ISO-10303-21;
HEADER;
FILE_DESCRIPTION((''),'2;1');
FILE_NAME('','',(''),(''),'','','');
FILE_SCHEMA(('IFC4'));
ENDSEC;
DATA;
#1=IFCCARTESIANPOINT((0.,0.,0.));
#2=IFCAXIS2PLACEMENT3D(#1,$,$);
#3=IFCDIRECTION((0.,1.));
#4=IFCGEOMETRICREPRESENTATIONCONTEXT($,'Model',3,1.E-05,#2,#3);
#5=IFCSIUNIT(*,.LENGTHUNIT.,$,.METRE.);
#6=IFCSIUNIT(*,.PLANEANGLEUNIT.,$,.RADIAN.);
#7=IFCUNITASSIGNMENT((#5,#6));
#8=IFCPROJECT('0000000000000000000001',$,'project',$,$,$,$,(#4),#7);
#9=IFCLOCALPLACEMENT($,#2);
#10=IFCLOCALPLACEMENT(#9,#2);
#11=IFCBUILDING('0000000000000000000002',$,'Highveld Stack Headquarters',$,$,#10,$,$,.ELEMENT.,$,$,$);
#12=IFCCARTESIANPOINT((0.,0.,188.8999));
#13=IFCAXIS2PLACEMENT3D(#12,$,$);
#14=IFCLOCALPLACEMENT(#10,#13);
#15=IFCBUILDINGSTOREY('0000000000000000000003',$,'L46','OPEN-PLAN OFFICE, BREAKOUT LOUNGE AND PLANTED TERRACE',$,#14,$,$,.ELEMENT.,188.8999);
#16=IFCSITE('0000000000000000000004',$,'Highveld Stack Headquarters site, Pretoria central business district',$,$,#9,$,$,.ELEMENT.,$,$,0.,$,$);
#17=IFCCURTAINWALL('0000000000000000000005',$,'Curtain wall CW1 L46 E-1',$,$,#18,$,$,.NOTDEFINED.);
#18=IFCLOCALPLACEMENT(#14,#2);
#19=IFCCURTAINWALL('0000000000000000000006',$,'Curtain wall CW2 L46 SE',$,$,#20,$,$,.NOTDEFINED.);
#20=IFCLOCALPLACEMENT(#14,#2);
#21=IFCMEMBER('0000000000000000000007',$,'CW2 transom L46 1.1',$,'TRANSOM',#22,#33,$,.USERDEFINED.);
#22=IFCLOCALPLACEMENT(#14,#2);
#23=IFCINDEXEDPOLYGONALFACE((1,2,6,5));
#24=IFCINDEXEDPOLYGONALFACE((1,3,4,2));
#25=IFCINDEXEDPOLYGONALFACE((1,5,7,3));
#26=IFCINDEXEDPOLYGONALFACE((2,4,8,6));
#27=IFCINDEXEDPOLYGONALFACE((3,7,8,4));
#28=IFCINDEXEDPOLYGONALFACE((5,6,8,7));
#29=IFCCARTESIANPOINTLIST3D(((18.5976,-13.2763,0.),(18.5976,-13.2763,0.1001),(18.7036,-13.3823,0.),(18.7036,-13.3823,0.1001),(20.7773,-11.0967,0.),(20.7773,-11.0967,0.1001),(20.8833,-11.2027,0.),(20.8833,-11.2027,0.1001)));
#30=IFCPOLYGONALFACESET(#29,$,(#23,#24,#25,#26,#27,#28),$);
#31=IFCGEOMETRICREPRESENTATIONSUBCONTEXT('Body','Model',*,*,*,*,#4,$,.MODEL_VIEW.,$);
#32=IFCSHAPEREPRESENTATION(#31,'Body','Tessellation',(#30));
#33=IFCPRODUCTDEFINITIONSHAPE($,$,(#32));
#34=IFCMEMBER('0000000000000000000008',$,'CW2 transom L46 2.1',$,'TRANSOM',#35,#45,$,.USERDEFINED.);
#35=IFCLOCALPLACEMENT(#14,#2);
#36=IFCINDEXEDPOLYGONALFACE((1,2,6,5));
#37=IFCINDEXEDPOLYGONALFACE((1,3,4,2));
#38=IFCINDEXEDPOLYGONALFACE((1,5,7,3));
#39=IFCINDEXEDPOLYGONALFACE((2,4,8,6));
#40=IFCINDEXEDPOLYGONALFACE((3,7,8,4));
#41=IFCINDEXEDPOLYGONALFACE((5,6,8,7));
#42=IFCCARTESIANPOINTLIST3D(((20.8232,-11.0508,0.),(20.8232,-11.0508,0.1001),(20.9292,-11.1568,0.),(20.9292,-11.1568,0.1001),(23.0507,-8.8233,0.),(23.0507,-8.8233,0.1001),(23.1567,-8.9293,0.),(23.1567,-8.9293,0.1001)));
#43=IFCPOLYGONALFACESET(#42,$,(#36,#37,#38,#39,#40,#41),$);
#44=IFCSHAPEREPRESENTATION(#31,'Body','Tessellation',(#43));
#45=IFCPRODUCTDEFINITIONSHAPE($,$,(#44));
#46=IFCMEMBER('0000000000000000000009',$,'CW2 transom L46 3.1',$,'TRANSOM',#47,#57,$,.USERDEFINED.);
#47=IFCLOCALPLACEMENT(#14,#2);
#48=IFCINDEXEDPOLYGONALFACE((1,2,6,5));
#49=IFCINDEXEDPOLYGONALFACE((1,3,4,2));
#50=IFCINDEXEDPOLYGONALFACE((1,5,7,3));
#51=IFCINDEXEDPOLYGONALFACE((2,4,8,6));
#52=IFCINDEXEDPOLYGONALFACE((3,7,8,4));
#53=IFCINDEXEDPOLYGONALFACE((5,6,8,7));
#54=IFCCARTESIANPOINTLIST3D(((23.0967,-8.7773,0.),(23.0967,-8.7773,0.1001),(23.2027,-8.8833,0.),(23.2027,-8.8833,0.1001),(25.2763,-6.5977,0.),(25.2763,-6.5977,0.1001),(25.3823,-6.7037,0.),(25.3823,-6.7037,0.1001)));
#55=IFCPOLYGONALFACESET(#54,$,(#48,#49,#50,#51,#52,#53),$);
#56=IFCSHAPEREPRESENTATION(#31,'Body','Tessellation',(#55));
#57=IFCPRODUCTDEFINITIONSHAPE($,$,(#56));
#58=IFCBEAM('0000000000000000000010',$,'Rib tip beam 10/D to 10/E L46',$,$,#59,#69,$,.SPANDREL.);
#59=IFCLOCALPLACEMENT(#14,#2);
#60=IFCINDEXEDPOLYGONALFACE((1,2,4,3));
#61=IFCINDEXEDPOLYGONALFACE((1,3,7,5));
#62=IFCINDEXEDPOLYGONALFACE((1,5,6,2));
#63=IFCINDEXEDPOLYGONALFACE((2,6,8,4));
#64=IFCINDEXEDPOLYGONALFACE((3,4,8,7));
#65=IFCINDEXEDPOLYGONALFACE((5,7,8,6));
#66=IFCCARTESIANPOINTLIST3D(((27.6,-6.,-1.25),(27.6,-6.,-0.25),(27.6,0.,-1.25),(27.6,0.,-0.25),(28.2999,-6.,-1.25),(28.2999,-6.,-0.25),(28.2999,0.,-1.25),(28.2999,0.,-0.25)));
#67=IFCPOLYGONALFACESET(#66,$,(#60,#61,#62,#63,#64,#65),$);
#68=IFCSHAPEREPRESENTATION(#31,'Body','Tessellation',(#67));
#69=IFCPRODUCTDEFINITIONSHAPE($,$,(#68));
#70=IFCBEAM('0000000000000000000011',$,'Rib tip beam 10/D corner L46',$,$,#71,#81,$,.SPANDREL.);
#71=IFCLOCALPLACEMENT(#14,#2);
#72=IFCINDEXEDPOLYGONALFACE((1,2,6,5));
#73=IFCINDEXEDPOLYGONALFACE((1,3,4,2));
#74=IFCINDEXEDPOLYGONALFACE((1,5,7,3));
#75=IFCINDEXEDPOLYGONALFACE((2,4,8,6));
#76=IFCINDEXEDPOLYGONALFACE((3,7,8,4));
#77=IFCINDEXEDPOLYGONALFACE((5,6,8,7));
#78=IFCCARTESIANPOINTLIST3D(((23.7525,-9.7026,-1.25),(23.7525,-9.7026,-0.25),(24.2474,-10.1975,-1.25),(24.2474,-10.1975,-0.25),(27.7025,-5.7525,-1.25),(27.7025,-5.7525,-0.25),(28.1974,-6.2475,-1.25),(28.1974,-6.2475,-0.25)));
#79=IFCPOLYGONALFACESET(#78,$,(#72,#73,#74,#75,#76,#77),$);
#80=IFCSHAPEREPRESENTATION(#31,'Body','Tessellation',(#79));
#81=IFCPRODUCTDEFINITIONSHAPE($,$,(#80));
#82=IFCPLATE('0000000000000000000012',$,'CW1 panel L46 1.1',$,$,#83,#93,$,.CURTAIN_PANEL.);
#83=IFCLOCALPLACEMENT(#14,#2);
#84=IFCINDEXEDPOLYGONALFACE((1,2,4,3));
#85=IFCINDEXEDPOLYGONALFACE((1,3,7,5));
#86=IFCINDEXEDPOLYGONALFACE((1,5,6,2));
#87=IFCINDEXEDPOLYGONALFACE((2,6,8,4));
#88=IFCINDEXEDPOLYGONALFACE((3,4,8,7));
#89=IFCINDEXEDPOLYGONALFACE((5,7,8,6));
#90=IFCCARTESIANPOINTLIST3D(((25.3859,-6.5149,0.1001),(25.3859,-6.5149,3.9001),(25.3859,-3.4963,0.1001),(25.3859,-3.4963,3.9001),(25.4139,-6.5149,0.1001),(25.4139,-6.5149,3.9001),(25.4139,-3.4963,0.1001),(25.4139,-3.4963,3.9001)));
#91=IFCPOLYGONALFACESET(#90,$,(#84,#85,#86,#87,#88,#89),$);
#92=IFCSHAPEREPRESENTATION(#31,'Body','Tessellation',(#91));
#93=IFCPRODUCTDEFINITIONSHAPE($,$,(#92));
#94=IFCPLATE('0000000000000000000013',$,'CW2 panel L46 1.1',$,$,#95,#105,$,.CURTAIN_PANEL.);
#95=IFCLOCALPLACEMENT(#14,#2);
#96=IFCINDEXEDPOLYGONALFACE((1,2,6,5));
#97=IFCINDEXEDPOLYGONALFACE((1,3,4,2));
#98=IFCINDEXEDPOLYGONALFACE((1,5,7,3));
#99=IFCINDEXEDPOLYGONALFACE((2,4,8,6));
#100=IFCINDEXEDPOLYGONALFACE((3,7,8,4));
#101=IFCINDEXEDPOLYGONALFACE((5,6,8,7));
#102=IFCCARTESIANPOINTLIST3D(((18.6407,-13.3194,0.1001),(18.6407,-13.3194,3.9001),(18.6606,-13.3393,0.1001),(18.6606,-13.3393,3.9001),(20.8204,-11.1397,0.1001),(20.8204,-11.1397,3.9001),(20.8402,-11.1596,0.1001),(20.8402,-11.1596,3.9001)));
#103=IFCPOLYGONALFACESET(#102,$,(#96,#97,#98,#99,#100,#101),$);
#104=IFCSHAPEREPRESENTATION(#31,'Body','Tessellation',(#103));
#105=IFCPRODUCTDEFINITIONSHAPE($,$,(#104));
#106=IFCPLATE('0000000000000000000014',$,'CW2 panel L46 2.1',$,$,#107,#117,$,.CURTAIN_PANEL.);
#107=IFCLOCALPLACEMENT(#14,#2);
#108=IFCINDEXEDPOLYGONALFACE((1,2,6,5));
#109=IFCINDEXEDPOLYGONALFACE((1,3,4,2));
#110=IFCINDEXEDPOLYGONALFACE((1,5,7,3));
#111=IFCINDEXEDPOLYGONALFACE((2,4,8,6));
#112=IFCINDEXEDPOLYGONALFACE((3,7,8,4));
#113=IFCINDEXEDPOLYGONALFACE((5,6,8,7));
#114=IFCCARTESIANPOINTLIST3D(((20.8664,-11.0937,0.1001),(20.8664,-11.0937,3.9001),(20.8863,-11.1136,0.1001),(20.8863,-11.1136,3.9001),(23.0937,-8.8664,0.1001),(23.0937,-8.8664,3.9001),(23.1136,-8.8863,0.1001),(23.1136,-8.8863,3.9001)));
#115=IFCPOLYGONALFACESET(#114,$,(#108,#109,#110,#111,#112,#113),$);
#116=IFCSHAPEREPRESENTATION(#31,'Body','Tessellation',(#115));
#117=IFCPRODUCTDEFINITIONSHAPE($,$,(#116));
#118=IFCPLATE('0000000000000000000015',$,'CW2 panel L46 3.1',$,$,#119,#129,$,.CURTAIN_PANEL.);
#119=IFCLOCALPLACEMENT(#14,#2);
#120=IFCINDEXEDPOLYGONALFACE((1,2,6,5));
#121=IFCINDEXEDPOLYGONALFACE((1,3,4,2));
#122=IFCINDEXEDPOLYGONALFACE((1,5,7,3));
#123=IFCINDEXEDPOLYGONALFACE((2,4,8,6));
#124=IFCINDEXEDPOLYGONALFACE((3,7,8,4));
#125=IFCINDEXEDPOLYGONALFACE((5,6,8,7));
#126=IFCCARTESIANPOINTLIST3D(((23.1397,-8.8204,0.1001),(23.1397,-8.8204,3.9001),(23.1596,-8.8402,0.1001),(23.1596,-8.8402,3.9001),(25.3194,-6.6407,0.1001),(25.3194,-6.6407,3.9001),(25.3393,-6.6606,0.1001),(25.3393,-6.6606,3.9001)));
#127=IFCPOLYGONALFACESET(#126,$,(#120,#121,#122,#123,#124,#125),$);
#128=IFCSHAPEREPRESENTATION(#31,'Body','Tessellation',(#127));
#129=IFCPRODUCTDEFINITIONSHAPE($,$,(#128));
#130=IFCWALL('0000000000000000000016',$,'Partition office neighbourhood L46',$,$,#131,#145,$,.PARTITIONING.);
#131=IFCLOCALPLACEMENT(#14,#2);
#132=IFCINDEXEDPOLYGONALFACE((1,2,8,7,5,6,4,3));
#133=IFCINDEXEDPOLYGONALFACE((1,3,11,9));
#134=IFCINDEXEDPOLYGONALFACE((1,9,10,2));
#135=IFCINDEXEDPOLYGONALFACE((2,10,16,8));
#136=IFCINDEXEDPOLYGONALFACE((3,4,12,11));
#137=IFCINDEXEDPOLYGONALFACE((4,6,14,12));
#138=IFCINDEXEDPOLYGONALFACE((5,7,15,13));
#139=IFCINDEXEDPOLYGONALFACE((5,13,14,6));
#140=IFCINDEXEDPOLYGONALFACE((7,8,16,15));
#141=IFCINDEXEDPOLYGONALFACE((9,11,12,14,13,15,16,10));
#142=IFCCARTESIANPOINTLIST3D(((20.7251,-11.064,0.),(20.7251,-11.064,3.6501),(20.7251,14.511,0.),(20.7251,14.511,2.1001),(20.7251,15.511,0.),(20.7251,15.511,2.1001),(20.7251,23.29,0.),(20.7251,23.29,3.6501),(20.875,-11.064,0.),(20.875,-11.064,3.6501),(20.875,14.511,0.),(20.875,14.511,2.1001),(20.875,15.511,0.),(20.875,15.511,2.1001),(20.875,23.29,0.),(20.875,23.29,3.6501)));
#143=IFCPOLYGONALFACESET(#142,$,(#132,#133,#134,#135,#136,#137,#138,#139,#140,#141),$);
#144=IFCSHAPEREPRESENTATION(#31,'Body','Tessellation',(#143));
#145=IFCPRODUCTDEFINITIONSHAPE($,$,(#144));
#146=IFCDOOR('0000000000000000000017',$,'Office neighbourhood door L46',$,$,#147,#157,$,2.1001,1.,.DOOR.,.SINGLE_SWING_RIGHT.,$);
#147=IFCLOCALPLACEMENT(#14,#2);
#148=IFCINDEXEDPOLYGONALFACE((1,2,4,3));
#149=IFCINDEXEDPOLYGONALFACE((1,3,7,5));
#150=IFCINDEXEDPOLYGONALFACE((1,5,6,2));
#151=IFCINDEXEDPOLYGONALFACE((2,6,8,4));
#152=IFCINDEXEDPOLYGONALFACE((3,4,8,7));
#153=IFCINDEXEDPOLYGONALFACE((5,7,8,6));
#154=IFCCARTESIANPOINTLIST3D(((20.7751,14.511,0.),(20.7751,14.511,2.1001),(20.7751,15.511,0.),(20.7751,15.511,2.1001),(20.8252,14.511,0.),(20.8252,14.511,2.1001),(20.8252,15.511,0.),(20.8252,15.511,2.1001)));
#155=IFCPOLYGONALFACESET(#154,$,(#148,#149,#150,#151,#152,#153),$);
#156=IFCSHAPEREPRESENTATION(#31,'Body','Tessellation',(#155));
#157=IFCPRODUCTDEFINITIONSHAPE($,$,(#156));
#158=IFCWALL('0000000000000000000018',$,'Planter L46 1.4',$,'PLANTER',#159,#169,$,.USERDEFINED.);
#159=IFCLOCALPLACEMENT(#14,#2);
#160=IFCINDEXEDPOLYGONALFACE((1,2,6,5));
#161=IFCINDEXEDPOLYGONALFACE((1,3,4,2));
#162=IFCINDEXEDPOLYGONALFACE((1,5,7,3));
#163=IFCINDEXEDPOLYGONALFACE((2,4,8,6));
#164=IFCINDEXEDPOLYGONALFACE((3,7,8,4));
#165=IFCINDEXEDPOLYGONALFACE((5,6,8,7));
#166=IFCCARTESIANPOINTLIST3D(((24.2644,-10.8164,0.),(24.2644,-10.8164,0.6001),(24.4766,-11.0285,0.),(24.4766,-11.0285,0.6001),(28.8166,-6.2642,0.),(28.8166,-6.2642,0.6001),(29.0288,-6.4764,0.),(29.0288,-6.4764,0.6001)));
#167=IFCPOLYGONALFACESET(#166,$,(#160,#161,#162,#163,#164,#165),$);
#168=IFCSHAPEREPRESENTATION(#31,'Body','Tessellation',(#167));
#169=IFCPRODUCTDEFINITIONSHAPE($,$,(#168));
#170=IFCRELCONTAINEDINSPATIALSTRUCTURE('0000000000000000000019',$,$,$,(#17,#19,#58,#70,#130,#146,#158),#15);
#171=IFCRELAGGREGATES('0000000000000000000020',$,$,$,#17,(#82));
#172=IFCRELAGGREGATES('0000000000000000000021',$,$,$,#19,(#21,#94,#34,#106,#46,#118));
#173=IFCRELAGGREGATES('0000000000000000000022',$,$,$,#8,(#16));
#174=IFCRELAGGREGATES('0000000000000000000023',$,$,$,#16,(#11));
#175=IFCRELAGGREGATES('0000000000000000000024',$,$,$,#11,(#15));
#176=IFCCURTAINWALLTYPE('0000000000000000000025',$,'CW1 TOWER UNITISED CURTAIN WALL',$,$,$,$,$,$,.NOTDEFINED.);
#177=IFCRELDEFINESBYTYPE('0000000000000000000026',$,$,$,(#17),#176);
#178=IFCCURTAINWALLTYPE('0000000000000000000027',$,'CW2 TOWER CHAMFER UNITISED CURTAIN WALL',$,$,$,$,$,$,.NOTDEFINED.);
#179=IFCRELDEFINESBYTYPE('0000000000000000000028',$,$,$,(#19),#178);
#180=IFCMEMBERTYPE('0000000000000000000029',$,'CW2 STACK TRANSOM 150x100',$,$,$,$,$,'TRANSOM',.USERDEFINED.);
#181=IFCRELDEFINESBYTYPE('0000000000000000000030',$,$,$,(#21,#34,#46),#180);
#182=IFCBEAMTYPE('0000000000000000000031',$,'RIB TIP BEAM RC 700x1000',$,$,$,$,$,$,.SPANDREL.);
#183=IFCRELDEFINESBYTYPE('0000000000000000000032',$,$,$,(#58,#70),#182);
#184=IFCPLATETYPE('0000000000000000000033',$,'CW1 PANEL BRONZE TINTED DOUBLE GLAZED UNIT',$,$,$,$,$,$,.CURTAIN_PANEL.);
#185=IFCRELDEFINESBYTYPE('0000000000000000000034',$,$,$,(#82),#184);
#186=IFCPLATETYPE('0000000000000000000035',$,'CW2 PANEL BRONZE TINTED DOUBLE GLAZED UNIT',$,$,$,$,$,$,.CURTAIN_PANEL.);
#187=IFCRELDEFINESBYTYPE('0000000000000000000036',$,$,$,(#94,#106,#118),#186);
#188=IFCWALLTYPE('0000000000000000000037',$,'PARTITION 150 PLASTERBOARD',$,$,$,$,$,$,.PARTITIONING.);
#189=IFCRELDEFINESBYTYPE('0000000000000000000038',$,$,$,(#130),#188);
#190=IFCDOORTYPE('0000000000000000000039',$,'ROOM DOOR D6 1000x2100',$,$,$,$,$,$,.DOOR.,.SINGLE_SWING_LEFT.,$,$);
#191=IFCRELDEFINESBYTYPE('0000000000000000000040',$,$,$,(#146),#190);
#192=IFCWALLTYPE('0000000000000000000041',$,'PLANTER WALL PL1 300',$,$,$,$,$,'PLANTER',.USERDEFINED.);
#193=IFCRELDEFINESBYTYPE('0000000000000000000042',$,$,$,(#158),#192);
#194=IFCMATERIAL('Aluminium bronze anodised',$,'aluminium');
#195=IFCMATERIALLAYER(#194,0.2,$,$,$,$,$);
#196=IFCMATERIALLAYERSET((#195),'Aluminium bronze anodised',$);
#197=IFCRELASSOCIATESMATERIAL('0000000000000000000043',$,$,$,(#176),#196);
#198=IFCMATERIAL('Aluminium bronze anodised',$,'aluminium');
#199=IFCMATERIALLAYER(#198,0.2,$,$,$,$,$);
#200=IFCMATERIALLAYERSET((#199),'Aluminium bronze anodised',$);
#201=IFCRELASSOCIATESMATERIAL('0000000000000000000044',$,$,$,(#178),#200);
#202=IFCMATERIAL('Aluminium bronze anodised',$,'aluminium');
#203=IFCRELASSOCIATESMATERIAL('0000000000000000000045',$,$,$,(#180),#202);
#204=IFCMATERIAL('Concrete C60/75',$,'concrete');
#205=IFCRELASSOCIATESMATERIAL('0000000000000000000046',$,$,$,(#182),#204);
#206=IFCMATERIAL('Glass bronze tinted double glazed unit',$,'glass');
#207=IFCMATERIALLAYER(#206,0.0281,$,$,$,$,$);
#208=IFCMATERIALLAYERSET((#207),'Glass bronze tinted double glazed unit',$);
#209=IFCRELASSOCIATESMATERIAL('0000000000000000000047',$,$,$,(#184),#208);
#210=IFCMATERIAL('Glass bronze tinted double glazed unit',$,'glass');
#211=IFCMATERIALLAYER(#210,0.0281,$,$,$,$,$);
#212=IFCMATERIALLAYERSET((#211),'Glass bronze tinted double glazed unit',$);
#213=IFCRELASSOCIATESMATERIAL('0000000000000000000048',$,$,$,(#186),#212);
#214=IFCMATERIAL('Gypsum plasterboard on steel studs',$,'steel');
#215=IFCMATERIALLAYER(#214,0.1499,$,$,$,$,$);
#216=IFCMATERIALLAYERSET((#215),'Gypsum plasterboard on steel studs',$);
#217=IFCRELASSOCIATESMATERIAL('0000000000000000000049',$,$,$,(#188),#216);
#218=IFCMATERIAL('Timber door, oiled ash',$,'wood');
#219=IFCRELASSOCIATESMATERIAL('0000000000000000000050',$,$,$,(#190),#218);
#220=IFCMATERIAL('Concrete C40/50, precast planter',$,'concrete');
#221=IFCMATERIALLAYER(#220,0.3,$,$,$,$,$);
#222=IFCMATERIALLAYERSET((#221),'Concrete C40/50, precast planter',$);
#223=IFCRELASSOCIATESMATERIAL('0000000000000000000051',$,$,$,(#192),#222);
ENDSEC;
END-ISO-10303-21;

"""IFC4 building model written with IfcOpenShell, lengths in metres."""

from ifc_helpers import new_model, si_unit, direction, frame, frame_2d, origin, origin_2d, place, context, subcontext, project, spatial, rectangle, extrude, material, layer, layer_set, material_profile, profile_set, type_object, element, fill, aggregate, save


model = new_model("IFC4")

# Units and contexts
model_context = context("Model", 3, precision=1e-05, world=origin(), true_north=direction((0.0, 1.0)))
body_context = subcontext(model_context, "Body", "Model", "MODEL_VIEW")
ifc_project = project(units=[si_unit("LENGTHUNIT", "METRE"), si_unit("PLANEANGLEUNIT", "RADIAN")], contexts=[model_context])

# Site, building, storey
site_placement = place(None, origin())
site = spatial("IfcSite", under=ifc_project, at=site_placement, Name="Highveld Stack Headquarters site, Pretoria central business district", CompositionType="ELEMENT", RefElevation=0.0)
building_placement = place(site_placement, origin())
building = spatial("IfcBuilding", under=site, at=building_placement, Name="Highveld Stack Headquarters", CompositionType="ELEMENT")
storey_placement = place(building_placement, frame((0.0, 0.0, 188.8999)))
storey = spatial("IfcBuildingStorey", under=building, at=storey_placement, Name="L46", Description="OPEN-PLAN OFFICE, BREAKOUT LOUNGE AND PLANTED TERRACE", CompositionType="ELEMENT", Elevation=188.8999)

# Curtain walls, members
ifc_material_1 = material(Name="Aluminium bronze anodised", Category="aluminium")
ifc_layer_1 = layer(ifc_material_1, 0.2)
ifc_layer_set_1 = layer_set([ifc_layer_1], Name="Aluminium bronze anodised")
curtain_wall_type_1 = type_object("IfcCurtainWallType", Name="CW1 TOWER UNITISED CURTAIN WALL", PredefinedType="NOTDEFINED", material=ifc_layer_set_1)
curtain_wall_1_placement = place(storey_placement, origin())
curtain_wall_1 = element("IfcCurtainWall", 1, at=curtain_wall_1_placement, inside=storey, type_object=curtain_wall_type_1, Name="Curtain wall CW1 L46 E-1", PredefinedType="NOTDEFINED")
ifc_material_2 = material(Name="Aluminium bronze anodised", Category="aluminium")
ifc_layer_2 = layer(ifc_material_2, 0.2)
ifc_layer_set_2 = layer_set([ifc_layer_2], Name="Aluminium bronze anodised")
curtain_wall_type_2 = type_object("IfcCurtainWallType", Name="CW2 TOWER CHAMFER UNITISED CURTAIN WALL", PredefinedType="NOTDEFINED", material=ifc_layer_set_2)
curtain_wall_2_placement = place(storey_placement, origin())
curtain_wall_2 = element("IfcCurtainWall", 2, at=curtain_wall_2_placement, inside=storey, type_object=curtain_wall_type_2, Name="Curtain wall CW2 L46 SE", PredefinedType="NOTDEFINED")
ifc_material_3 = material(Name="Aluminium bronze anodised", Category="aluminium")
ifc_material_profile_1 = material_profile(ifc_material_3, rectangle(XDim=0.1499, YDim=0.1001, at=origin_2d()), Name="CW2 TRANSOM 150x100")
ifc_profile_set_1 = profile_set([ifc_material_profile_1], Name="Aluminium bronze anodised")
member_type_1 = type_object("IfcMemberType", Name="CW2 STACK TRANSOM 150x100", ElementType="TRANSOM", PredefinedType="USERDEFINED", material=ifc_profile_set_1)
member_1_placement = place(storey_placement, frame((18.6506, -13.3293, 0.05), z_axis=(0.707107, 0.707107, 0.0), x_axis=(-0.707107, 0.707107, 0.0)))
member_1 = element("IfcMember", 3, at=member_1_placement, type_object=member_type_1, Name="CW2 transom L46 1.1", ObjectType="TRANSOM", PredefinedType="USERDEFINED", context=body_context, shape_type="SweptSolid", body=[
    extrude(rectangle(XDim=0.1499, YDim=0.1001, at=origin_2d()), origin(), (0.0, 0.0, 1.0), 3.0825),
])
member_2_placement = place(storey_placement, frame((20.8762, -11.1038, 0.05), z_axis=(0.707107, 0.707107, 0.0), x_axis=(-0.707107, 0.707107, 0.0)))
member_2 = element("IfcMember", 4, at=member_2_placement, type_object=member_type_1, Name="CW2 transom L46 2.1", ObjectType="TRANSOM", PredefinedType="USERDEFINED", context=body_context, shape_type="SweptSolid", body=[
    extrude(rectangle(XDim=0.1499, YDim=0.1001, at=origin_2d()), origin(), (0.0, 0.0, 1.0), 3.1501),
])
member_3_placement = place(storey_placement, frame((23.1497, -8.8303, 0.05), z_axis=(0.707107, 0.707107, 0.0), x_axis=(-0.707107, 0.707107, 0.0)))
member_3 = element("IfcMember", 5, at=member_3_placement, type_object=member_type_1, Name="CW2 transom L46 3.1", ObjectType="TRANSOM", PredefinedType="USERDEFINED", context=body_context, shape_type="SweptSolid", body=[
    extrude(rectangle(XDim=0.1499, YDim=0.1001, at=origin_2d()), origin(), (0.0, 0.0, 1.0), 3.0825),
])

# Beams
ifc_material_4 = material(Name="Concrete C60/75", Category="concrete")
ifc_material_profile_2 = material_profile(ifc_material_4, rectangle(XDim=0.7, YDim=1.0, at=origin_2d()), Name="RC 700x1000")
ifc_profile_set_2 = profile_set([ifc_material_profile_2], Name="Concrete C60/75")
beam_type_1 = type_object("IfcBeamType", Name="RIB TIP BEAM RC 700x1000", PredefinedType="SPANDREL", material=ifc_profile_set_2)
beam_1_placement = place(storey_placement, frame((27.95, -6.0, -0.75), z_axis=(0.0, 1.0, 0.0), x_axis=(-1.0, 0.0, 0.0)))
element("IfcBeam", 6, at=beam_1_placement, inside=storey, type_object=beam_type_1, Name="Rib tip beam 10/D to 10/E L46", PredefinedType="SPANDREL", context=body_context, shape_type="SweptSolid", body=[
    extrude(rectangle(XDim=0.7, YDim=1.0, at=origin_2d()), origin(), (0.0, 0.0, 1.0), 6.0),
])
beam_2_placement = place(storey_placement, frame((27.95, -6.0, -0.75), z_axis=(-0.707107, -0.707107, 0.0), x_axis=(0.707107, -0.707107, 0.0)))
element("IfcBeam", 7, at=beam_2_placement, inside=storey, type_object=beam_type_1, Name="Rib tip beam 10/D corner L46", PredefinedType="SPANDREL", context=body_context, shape_type="SweptSolid", body=[
    extrude(rectangle(XDim=0.7, YDim=1.0, at=origin_2d()), origin(), (0.0, 0.0, 1.0), 5.5862),
])

# Plates
ifc_material_5 = material(Name="Glass bronze tinted double glazed unit", Category="glass")
ifc_layer_3 = layer(ifc_material_5, 0.0281)
ifc_layer_set_3 = layer_set([ifc_layer_3], Name="Glass bronze tinted double glazed unit")
plate_type_1 = type_object("IfcPlateType", Name="CW1 PANEL BRONZE TINTED DOUBLE GLAZED UNIT", PredefinedType="CURTAIN_PANEL", material=ifc_layer_set_3)
plate_1_placement = place(storey_placement, frame((25.3999, -5.0056, 0.1001), z_axis=(0.0, 0.0, 1.0), x_axis=(0.0, 1.0, 0.0)))
plate_1 = element("IfcPlate", 8, at=plate_1_placement, type_object=plate_type_1, Name="CW1 panel L46 1.1", PredefinedType="CURTAIN_PANEL", context=body_context, shape_type="SweptSolid", body=[
    extrude(rectangle(XDim=3.0186, YDim=0.0281, at=origin_2d()), origin(), (0.0, 0.0, 1.0), 3.8),
])
aggregate(curtain_wall_1, [plate_1])
ifc_material_6 = material(Name="Glass bronze tinted double glazed unit", Category="glass")
ifc_layer_4 = layer(ifc_material_6, 0.0281)
ifc_layer_set_4 = layer_set([ifc_layer_4], Name="Glass bronze tinted double glazed unit")
plate_type_2 = type_object("IfcPlateType", Name="CW2 PANEL BRONZE TINTED DOUBLE GLAZED UNIT", PredefinedType="CURTAIN_PANEL", material=ifc_layer_set_4)
plate_2_placement = place(storey_placement, frame((19.7405, -12.2395, 0.1001), z_axis=(0.0, 0.0, 1.0), x_axis=(0.707107, 0.707107, 0.0)))
plate_2 = element("IfcPlate", 9, at=plate_2_placement, type_object=plate_type_2, Name="CW2 panel L46 1.1", PredefinedType="CURTAIN_PANEL", context=body_context, shape_type="SweptSolid", body=[
    extrude(rectangle(XDim=3.0825, YDim=0.0281, at=origin_2d()), origin(), (0.0, 0.0, 1.0), 3.8),
])
plate_3_placement = place(storey_placement, frame((21.99, -9.99, 0.1001), z_axis=(0.0, 0.0, 1.0), x_axis=(0.707107, 0.707107, 0.0)))
plate_3 = element("IfcPlate", 10, at=plate_3_placement, type_object=plate_type_2, Name="CW2 panel L46 2.1", PredefinedType="CURTAIN_PANEL", context=body_context, shape_type="SweptSolid", body=[
    extrude(rectangle(XDim=3.1499, YDim=0.0281, at=origin_2d()), origin(), (0.0, 0.0, 1.0), 3.8),
])
plate_4_placement = place(storey_placement, frame((24.2395, -7.7405, 0.1001), z_axis=(0.0, 0.0, 1.0), x_axis=(0.707107, 0.707107, 0.0)))
plate_4 = element("IfcPlate", 11, at=plate_4_placement, type_object=plate_type_2, Name="CW2 panel L46 3.1", PredefinedType="CURTAIN_PANEL", context=body_context, shape_type="SweptSolid", body=[
    extrude(rectangle(XDim=3.0825, YDim=0.0281, at=origin_2d()), origin(), (0.0, 0.0, 1.0), 3.8),
])
aggregate(curtain_wall_2, [member_1, plate_2, member_2, plate_3, member_3, plate_4])

# Wall, opening, door
ifc_material_7 = material(Name="Gypsum plasterboard on steel studs", Category="steel")
ifc_layer_5 = layer(ifc_material_7, 0.1499)
ifc_layer_set_5 = layer_set([ifc_layer_5], Name="Gypsum plasterboard on steel studs")
wall_type_1 = type_object("IfcWallType", Name="PARTITION 150 PLASTERBOARD", PredefinedType="PARTITIONING", material=ifc_layer_set_5)
wall_1_placement = place(storey_placement, frame((20.8, -11.064, 0.0), z_axis=(0.0, 0.0, 1.0), x_axis=(0.0, 1.0, 0.0)))
wall_1 = element("IfcWall", 12, at=wall_1_placement, inside=storey, type_object=wall_type_1, Name="Partition office neighbourhood L46", PredefinedType="PARTITIONING", context=body_context, shape_type="SweptSolid", body=[
    extrude(rectangle(XDim=34.354, YDim=0.1499, at=frame_2d((17.177, 0.0))), origin(), (0.0, 0.0, 1.0), 3.6501),
])
opening_placement = place(wall_1_placement, frame((25.575, 0.0, 0.0)))
opening = element("IfcOpeningElement", 13, at=opening_placement, cuts=wall_1, PredefinedType="OPENING", context=body_context, shape_type="SweptSolid", body=[
    extrude(rectangle(XDim=1.0, YDim=2.1001, at=frame_2d((0.5, 1.05))), frame((0.0, 0.085, 0.0), z_axis=(0.0, -1.0, 0.0), x_axis=(1.0, 0.0, 0.0)), (0.0, 0.0, 1.0), 0.1699),
])
ifc_material_8 = material(Name="Timber door, oiled ash", Category="wood")
door_type = type_object("IfcDoorType", Name="ROOM DOOR D6 1000x2100", OperationType="SINGLE_SWING_LEFT", PredefinedType="DOOR", material=ifc_material_8)
door_placement = place(opening_placement, origin())
door = element("IfcDoor", 14, at=door_placement, inside=storey, type_object=door_type, Name="Office neighbourhood door L46", OperationType="SINGLE_SWING_RIGHT", OverallHeight=2.1001, OverallWidth=1.0, PredefinedType="DOOR", context=body_context, shape_type="SweptSolid", body=[
    extrude(rectangle(XDim=1.0, YDim=2.1001, at=frame_2d((0.5, 1.05))), frame((0.0, 0.0249, 0.0), z_axis=(0.0, -1.0, 0.0), x_axis=(1.0, 0.0, 0.0)), (0.0, 0.0, 1.0), 0.05),
])
fill(opening, door)

# Wall
ifc_material_9 = material(Name="Concrete C40/50, precast planter", Category="concrete")
ifc_layer_6 = layer(ifc_material_9, 0.3)
ifc_layer_set_6 = layer_set([ifc_layer_6], Name="Concrete C40/50, precast planter")
wall_type_2 = type_object("IfcWallType", Name="PLANTER WALL PL1 300", ElementType="PLANTER", PredefinedType="USERDEFINED", material=ifc_layer_set_6)
wall_2_placement = place(storey_placement, frame((28.9226, -6.3704, 0.0), z_axis=(0.0, 0.0, 1.0), x_axis=(-0.707107, -0.707107, 0.0)))
element("IfcWall", 15, at=wall_2_placement, inside=storey, type_object=wall_type_2, Name="Planter L46 1.4", ObjectType="PLANTER", PredefinedType="USERDEFINED", context=body_context, shape_type="SweptSolid", body=[
    extrude(rectangle(XDim=6.4377, YDim=0.3, at=frame_2d((3.2188, 0.0))), origin(), (0.0, 0.0, 1.0), 0.6001),
])

save(model, "model.ifc")
